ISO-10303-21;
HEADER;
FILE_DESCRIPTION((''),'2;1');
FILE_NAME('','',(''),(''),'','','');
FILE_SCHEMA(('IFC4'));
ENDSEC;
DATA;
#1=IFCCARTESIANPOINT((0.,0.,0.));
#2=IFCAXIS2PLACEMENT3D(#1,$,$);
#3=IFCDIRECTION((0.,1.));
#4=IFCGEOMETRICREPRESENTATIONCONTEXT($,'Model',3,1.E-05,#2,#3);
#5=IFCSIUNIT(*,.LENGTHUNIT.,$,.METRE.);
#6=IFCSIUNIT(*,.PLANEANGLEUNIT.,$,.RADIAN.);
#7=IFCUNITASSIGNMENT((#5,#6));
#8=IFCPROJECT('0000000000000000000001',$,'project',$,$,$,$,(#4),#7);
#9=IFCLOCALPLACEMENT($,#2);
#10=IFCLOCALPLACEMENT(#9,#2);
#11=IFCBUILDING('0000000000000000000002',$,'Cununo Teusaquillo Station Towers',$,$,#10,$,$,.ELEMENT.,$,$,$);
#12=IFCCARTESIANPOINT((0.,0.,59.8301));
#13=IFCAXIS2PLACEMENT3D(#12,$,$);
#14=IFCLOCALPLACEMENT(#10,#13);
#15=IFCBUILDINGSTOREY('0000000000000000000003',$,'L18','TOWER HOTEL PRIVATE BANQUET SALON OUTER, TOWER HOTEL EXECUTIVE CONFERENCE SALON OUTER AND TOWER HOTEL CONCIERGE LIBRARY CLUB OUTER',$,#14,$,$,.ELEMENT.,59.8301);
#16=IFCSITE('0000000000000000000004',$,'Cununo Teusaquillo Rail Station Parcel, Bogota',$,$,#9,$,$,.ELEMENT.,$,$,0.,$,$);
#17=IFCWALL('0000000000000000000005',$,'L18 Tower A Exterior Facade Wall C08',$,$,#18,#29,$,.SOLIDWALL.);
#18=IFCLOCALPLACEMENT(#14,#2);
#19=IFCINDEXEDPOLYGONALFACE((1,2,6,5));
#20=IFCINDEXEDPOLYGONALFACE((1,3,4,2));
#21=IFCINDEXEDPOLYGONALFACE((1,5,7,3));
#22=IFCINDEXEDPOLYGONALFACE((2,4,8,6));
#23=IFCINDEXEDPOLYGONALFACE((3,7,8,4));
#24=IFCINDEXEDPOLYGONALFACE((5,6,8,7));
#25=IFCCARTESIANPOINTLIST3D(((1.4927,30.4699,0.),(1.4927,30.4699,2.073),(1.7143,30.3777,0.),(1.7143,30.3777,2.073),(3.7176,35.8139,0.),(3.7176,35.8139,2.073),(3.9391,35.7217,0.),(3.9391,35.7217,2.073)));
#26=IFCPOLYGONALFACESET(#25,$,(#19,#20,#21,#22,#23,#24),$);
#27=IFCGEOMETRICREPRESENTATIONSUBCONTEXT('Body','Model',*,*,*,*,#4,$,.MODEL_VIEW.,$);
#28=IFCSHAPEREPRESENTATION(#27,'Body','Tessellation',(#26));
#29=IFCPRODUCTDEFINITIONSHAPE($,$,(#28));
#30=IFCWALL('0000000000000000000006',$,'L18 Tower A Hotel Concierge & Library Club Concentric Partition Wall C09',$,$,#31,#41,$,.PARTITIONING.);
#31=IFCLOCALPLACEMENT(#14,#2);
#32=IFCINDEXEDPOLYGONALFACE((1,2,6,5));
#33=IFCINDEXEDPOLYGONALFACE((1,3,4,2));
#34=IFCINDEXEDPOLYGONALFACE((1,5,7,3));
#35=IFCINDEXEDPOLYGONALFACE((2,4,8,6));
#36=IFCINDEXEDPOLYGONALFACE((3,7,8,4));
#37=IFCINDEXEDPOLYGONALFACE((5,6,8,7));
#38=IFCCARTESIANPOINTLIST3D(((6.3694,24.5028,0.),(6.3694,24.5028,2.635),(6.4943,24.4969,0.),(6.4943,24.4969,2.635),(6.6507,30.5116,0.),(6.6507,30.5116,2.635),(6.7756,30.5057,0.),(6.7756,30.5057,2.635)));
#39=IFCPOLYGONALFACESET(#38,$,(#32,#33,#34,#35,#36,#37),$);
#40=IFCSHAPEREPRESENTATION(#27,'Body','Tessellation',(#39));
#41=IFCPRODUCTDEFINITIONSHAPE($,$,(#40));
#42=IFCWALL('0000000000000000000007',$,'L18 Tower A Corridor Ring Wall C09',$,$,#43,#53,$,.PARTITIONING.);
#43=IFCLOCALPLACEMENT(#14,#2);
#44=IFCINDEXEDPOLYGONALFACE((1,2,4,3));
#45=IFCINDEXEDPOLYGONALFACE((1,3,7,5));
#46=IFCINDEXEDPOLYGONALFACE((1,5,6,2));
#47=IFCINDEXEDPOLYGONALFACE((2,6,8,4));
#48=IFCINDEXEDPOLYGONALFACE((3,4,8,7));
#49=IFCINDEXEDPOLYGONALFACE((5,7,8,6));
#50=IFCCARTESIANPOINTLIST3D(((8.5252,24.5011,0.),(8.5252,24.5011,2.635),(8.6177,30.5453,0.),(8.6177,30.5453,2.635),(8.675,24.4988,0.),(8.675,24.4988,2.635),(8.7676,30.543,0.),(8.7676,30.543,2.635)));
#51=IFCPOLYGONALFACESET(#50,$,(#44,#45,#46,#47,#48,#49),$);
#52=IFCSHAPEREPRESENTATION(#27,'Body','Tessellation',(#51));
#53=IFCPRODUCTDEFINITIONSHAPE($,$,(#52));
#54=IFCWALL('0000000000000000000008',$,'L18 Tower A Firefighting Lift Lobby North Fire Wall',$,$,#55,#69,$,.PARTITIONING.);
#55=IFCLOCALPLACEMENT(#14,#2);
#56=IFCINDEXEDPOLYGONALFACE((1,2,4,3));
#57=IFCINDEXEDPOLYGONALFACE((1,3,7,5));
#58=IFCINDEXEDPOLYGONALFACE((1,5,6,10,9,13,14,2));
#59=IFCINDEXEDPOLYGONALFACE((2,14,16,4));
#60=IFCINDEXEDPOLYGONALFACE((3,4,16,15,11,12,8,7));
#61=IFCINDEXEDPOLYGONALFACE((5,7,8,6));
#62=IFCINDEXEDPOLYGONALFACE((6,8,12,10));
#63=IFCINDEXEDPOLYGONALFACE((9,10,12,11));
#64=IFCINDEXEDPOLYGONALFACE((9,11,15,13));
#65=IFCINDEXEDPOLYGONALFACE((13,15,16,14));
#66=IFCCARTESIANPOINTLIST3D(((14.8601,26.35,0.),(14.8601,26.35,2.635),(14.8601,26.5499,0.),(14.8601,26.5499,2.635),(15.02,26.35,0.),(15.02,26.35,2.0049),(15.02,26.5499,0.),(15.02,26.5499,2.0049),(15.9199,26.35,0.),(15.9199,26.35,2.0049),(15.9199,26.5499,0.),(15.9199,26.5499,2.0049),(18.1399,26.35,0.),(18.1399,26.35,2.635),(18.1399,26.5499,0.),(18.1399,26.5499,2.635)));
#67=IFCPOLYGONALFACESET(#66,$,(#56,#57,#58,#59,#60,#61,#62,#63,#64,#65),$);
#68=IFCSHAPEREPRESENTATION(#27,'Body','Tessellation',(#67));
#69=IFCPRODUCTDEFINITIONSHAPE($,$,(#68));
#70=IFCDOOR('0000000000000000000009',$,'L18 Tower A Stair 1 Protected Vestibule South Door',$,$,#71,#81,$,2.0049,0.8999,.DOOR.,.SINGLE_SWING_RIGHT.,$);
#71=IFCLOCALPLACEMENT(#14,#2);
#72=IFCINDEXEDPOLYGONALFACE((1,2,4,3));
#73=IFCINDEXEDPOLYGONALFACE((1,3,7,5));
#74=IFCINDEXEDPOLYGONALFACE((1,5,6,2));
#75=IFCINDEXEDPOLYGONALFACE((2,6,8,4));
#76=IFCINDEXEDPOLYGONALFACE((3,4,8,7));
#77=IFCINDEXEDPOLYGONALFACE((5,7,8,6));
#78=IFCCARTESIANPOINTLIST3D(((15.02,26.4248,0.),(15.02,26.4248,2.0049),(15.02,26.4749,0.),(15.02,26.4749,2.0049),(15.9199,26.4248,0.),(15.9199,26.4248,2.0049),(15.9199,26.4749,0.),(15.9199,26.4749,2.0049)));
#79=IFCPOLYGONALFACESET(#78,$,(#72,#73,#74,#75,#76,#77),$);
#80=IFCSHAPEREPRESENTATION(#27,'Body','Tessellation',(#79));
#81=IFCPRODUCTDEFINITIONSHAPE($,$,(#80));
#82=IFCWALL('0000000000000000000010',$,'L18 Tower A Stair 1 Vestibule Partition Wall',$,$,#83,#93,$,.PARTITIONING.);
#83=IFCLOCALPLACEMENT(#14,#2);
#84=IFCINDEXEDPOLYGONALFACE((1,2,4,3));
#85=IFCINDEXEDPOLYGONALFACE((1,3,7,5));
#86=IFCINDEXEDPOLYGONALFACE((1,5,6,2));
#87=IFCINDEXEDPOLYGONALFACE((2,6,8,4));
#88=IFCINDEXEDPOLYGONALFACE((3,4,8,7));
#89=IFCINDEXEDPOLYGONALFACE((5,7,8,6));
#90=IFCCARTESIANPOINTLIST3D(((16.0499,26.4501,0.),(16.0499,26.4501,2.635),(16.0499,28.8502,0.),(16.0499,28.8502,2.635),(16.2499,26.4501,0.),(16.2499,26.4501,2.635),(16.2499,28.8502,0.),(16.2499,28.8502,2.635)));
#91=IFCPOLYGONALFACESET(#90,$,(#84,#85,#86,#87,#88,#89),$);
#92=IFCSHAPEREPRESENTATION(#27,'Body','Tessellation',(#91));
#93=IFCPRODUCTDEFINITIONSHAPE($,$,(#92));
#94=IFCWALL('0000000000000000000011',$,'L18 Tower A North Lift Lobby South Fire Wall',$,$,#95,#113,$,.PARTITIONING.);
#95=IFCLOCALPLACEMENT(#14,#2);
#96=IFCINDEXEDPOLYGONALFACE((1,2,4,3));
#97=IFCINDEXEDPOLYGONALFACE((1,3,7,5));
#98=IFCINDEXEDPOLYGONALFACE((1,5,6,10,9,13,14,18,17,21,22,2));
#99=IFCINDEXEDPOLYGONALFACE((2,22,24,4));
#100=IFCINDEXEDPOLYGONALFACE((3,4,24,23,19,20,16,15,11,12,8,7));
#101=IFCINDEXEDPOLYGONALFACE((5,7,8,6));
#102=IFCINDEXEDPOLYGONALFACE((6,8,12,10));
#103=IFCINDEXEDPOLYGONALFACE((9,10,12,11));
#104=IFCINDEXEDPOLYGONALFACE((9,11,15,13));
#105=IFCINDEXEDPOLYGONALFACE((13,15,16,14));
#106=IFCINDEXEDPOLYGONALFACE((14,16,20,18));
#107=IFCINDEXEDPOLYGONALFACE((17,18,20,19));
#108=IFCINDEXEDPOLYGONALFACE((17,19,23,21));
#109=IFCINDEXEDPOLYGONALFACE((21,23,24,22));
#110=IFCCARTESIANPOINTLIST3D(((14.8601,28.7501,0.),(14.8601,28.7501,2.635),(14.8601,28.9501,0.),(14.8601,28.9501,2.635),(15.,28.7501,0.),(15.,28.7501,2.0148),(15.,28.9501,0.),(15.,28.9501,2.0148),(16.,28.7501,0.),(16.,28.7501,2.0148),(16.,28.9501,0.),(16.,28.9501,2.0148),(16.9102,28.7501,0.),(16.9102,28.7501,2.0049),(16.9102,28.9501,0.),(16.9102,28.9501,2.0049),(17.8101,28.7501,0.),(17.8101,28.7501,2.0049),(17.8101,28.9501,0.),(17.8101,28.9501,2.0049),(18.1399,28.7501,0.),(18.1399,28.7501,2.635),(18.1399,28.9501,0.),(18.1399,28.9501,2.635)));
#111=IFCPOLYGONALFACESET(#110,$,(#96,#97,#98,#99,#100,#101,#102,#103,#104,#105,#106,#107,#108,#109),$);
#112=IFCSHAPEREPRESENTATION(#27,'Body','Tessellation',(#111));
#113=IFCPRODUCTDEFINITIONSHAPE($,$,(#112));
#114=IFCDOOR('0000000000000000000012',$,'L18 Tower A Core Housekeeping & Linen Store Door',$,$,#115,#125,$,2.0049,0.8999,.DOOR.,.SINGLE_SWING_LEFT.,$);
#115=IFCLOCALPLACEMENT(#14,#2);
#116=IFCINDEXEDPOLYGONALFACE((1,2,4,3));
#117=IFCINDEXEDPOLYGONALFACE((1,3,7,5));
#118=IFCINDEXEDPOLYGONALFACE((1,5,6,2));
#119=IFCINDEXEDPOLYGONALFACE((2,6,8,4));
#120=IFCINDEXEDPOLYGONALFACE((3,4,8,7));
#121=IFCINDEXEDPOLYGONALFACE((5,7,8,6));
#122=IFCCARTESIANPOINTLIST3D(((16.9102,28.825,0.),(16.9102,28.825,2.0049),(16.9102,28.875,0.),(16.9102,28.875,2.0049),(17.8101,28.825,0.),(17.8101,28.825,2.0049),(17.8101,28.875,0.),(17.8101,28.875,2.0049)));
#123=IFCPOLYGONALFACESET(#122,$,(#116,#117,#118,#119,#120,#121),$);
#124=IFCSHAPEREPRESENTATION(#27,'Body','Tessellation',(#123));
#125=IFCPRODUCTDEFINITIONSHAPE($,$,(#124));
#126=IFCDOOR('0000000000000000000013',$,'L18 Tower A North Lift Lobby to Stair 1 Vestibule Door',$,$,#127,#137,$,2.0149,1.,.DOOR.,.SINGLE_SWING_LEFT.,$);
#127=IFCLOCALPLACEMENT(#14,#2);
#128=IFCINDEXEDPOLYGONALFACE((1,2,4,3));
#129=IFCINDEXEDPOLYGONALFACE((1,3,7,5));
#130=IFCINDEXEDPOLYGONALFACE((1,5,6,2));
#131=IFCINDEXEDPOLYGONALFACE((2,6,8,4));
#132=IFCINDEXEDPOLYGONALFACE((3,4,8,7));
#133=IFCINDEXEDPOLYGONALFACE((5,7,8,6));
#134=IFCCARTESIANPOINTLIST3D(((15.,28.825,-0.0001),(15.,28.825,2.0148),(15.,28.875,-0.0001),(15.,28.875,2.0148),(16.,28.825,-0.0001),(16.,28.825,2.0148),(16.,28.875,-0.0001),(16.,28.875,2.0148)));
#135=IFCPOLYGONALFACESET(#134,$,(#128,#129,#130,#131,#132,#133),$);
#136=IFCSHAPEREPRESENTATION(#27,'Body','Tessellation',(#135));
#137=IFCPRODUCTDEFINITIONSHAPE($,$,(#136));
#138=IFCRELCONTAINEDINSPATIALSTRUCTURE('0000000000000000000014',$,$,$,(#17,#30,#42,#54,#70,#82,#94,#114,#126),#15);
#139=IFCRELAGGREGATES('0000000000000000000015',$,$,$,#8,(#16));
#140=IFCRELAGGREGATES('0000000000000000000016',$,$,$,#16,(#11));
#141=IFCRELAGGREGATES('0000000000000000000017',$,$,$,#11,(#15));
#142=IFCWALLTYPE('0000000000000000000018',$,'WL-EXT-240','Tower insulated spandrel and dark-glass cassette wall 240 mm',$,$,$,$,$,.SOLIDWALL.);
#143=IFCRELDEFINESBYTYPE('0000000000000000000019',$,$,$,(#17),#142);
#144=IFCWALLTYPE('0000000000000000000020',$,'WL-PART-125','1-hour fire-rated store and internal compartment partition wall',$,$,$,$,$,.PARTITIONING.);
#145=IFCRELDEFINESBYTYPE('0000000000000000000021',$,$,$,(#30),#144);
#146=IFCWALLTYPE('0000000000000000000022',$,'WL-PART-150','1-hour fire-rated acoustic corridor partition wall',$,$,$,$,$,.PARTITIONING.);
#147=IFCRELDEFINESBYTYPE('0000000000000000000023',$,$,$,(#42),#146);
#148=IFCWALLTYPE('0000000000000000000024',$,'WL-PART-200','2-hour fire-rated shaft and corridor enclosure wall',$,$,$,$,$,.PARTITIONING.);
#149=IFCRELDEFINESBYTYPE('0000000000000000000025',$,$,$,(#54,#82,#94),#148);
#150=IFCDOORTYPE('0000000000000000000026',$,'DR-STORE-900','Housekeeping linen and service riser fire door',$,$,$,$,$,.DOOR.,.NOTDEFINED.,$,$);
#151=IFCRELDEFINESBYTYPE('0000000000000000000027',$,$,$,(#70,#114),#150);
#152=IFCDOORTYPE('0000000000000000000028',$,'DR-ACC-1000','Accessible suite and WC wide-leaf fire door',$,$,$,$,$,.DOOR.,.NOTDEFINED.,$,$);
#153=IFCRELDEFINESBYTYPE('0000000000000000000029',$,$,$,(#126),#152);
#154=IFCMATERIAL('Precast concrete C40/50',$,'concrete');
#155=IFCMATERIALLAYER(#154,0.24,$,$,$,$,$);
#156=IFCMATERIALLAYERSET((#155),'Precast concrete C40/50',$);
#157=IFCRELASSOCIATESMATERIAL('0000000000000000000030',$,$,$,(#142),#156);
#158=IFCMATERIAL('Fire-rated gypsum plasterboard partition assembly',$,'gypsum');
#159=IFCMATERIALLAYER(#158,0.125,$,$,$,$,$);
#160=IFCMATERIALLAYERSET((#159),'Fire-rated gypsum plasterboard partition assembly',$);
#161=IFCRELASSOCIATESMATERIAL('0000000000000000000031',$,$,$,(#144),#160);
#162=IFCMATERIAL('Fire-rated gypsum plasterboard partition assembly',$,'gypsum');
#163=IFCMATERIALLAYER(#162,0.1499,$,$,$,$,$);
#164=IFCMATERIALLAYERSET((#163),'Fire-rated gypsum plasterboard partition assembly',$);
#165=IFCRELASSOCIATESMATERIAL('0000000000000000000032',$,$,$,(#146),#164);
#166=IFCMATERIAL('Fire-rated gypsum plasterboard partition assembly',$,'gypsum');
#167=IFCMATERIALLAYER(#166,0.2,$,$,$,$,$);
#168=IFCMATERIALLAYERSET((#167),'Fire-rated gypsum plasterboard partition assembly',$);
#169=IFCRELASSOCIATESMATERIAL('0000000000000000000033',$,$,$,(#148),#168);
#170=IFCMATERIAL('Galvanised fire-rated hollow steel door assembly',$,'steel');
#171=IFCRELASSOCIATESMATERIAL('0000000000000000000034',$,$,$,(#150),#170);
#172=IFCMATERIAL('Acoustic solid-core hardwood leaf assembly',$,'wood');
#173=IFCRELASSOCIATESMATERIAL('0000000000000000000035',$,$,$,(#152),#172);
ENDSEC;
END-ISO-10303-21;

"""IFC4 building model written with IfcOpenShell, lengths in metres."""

from ifc_helpers import new_model, si_unit, direction, frame, frame_2d, origin, place, context, subcontext, project, spatial, rectangle, extrude, source, transform, mapped, material, layer, layer_set, type_object, element, fill, save


model = new_model("IFC4")

# Units and contexts
model_context = context("Model", 3, precision=1e-05, world=origin(), true_north=direction((0.0, 1.0)))
body_context = subcontext(model_context, "Body", "Model", "MODEL_VIEW")
ifc_project = project(units=[si_unit("LENGTHUNIT", "METRE"), si_unit("PLANEANGLEUNIT", "RADIAN")], contexts=[model_context])

# Site, building, storey
site_placement = place(None, origin())
site = spatial("IfcSite", under=ifc_project, at=site_placement, Name="Cununo Teusaquillo Rail Station Parcel, Bogota", CompositionType="ELEMENT", RefElevation=0.0)
building_placement = place(site_placement, origin())
building = spatial("IfcBuilding", under=site, at=building_placement, Name="Cununo Teusaquillo Station Towers", CompositionType="ELEMENT")
storey_placement = place(building_placement, frame((0.0, 0.0, 59.8301)))
storey = spatial("IfcBuildingStorey", under=building, at=storey_placement, Name="L18", Description="TOWER HOTEL PRIVATE BANQUET SALON OUTER, TOWER HOTEL EXECUTIVE CONFERENCE SALON OUTER AND TOWER HOTEL CONCIERGE LIBRARY CLUB OUTER", CompositionType="ELEMENT", Elevation=59.8301)

# Walls
ifc_material_1 = material(Name="Precast concrete C40/50", Category="concrete")
ifc_layer_1 = layer(ifc_material_1, 0.24)
ifc_layer_set_1 = layer_set([ifc_layer_1], Name="Precast concrete C40/50")
wall_type_1 = type_object("IfcWallType", Name="WL-EXT-240", Description="Tower insulated spandrel and dark-glass cassette wall 240 mm", PredefinedType="SOLIDWALL", material=ifc_layer_set_1)
wall_1_placement = place(storey_placement, frame((1.6035, 30.4238, 0.0), z_axis=(0.0, 0.0, 1.0), x_axis=(0.384349, 0.923188, 0.0)))
element("IfcWall", 1, at=wall_1_placement, inside=storey, type_object=wall_type_1, Name="L18 Tower A Exterior Facade Wall C08", PredefinedType="SOLIDWALL", context=body_context, shape_type="SweptSolid", body=[
    extrude(rectangle(XDim=5.7886, YDim=0.24, at=frame_2d((2.8943, 0.0))), origin(), (0.0, 0.0, 1.0), 2.073),
])
ifc_material_2 = material(Name="Fire-rated gypsum plasterboard partition assembly", Category="gypsum")
ifc_layer_2 = layer(ifc_material_2, 0.125)
ifc_layer_set_2 = layer_set([ifc_layer_2], Name="Fire-rated gypsum plasterboard partition assembly")
wall_type_2 = type_object("IfcWallType", Name="WL-PART-125", Description="1-hour fire-rated store and internal compartment partition wall", PredefinedType="PARTITIONING", material=ifc_layer_set_2)
wall_2_placement = place(storey_placement, frame((6.7131, 30.5088, 0.0), z_axis=(0.0, 0.0, 1.0), x_axis=(-0.046755, -0.998906, 0.0)))
element("IfcWall", 2, at=wall_2_placement, inside=storey, type_object=wall_type_2, Name="L18 Tower A Hotel Concierge & Library Club Concentric Partition Wall C09", PredefinedType="PARTITIONING", context=body_context, shape_type="SweptSolid", body=[
    extrude(rectangle(XDim=6.0154, YDim=0.125, at=frame_2d((3.0078, 0.0))), origin(), (0.0, 0.0, 1.0), 2.635),
])
ifc_material_3 = material(Name="Fire-rated gypsum plasterboard partition assembly", Category="gypsum")
ifc_layer_3 = layer(ifc_material_3, 0.1499)
ifc_layer_set_3 = layer_set([ifc_layer_3], Name="Fire-rated gypsum plasterboard partition assembly")
wall_type_3 = type_object("IfcWallType", Name="WL-PART-150", Description="1-hour fire-rated acoustic corridor partition wall", PredefinedType="PARTITIONING", material=ifc_layer_set_3)
wall_3_placement = place(storey_placement, frame((8.6926, 30.5442, 0.0), z_axis=(0.0, 0.0, 1.0), x_axis=(-0.015307, -0.999883, 0.0)))
element("IfcWall", 3, at=wall_3_placement, inside=storey, type_object=wall_type_3, Name="L18 Tower A Corridor Ring Wall C09", PredefinedType="PARTITIONING", context=body_context, shape_type="SweptSolid", body=[
    extrude(rectangle(XDim=6.0449, YDim=0.1499, at=frame_2d((3.0225, 0.0))), origin(), (0.0, 0.0, 1.0), 2.635),
])

# Wall, opening, door
ifc_material_4 = material(Name="Fire-rated gypsum plasterboard partition assembly", Category="gypsum")
ifc_layer_4 = layer(ifc_material_4, 0.2)
ifc_layer_set_4 = layer_set([ifc_layer_4], Name="Fire-rated gypsum plasterboard partition assembly")
wall_type_4 = type_object("IfcWallType", Name="WL-PART-200", Description="2-hour fire-rated shaft and corridor enclosure wall", PredefinedType="PARTITIONING", material=ifc_layer_set_4)
wall_4_placement = place(storey_placement, frame((14.8601, 26.45, 0.0), z_axis=(0.0, 0.0, 1.0), x_axis=(1.0, 0.0, 0.0)))
wall_4 = element("IfcWall", 4, at=wall_4_placement, inside=storey, type_object=wall_type_4, Name="L18 Tower A Firefighting Lift Lobby North Fire Wall", PredefinedType="PARTITIONING", context=body_context, shape_type="SweptSolid", body=[
    extrude(rectangle(XDim=3.2798, YDim=0.2, at=frame_2d((1.6399, 0.0))), origin(), (0.0, 0.0, 1.0), 2.635),
])
shared_shape_1 = source(origin(), body_context, "Body", "SweptSolid", [
    extrude(rectangle(XDim=0.8999, YDim=2.0049, at=frame_2d((0.45, 1.0024))), frame((0.0, 0.1099, 0.0), z_axis=(0.0, -1.0, 0.0), x_axis=(1.0, 0.0, 0.0)), (0.0, 0.0, 1.0), 0.22),
])
opening_1_placement = place(wall_4_placement, frame((0.1599, 0.0, 0.0)))
opening_1 = element("IfcOpeningElement", 5, at=opening_1_placement, cuts=wall_4, PredefinedType="OPENING", context=body_context, shape_type="MappedRepresentation", body=[
    mapped(shared_shape_1, transform((0.0, 0.0, 0.0), x_axis=(1.0, 0.0, 0.0), y_axis=(0.0, 1.0, 0.0), z_axis=(0.0, 0.0, 1.0), scale=1.0)),
])
ifc_material_5 = material(Name="Galvanised fire-rated hollow steel door assembly", Category="steel")
door_type_1 = type_object("IfcDoorType", Name="DR-STORE-900", Description="Housekeeping linen and service riser fire door", OperationType="NOTDEFINED", PredefinedType="DOOR", material=ifc_material_5)
shared_shape_2 = source(origin(), body_context, "Body", "SweptSolid", [
    extrude(rectangle(XDim=0.8999, YDim=2.0049, at=frame_2d((0.45, 1.0024))), frame((0.0, 0.0249, 0.0), z_axis=(0.0, -1.0, 0.0), x_axis=(1.0, 0.0, 0.0)), (0.0, 0.0, 1.0), 0.05),
])
door_1_placement = place(opening_1_placement, origin())
door_1 = element("IfcDoor", 6, at=door_1_placement, inside=storey, type_object=door_type_1, Name="L18 Tower A Stair 1 Protected Vestibule South Door", OperationType="SINGLE_SWING_RIGHT", OverallHeight=2.0049, OverallWidth=0.8999, PredefinedType="DOOR", context=body_context, shape_type="MappedRepresentation", body=[
    mapped(shared_shape_2, transform((0.0, 0.0, 0.0), x_axis=(1.0, 0.0, 0.0), y_axis=(0.0, 1.0, 0.0), z_axis=(0.0, 0.0, 1.0), scale=1.0)),
])
fill(opening_1, door_1)

# Wall
wall_5_placement = place(storey_placement, frame((16.1499, 26.45, 0.0), z_axis=(0.0, 0.0, 1.0), x_axis=(0.0, 1.0, 0.0)))
element("IfcWall", 7, at=wall_5_placement, inside=storey, type_object=wall_type_4, Name="L18 Tower A Stair 1 Vestibule Partition Wall", PredefinedType="PARTITIONING", context=body_context, shape_type="SweptSolid", body=[
    extrude(rectangle(XDim=2.4001, YDim=0.2, at=frame_2d((1.2002, 0.0))), origin(), (0.0, 0.0, 1.0), 2.635),
])

# Wall, openings, doors
wall_6_placement = place(storey_placement, frame((14.8601, 28.8501, 0.0), z_axis=(0.0, 0.0, 1.0), x_axis=(1.0, 0.0, 0.0)))
wall_6 = element("IfcWall", 8, at=wall_6_placement, inside=storey, type_object=wall_type_4, Name="L18 Tower A North Lift Lobby South Fire Wall", PredefinedType="PARTITIONING", context=body_context, shape_type="SweptSolid", body=[
    extrude(rectangle(XDim=3.2798, YDim=0.2, at=frame_2d((1.6399, 0.0))), origin(), (0.0, 0.0, 1.0), 2.635),
])
shared_shape_3 = source(origin(), body_context, "Body", "SweptSolid", [
    extrude(rectangle(XDim=1.0, YDim=2.0149, at=frame_2d((0.5, 1.0073))), frame((0.0, 0.1099, 0.0), z_axis=(0.0, -1.0, 0.0), x_axis=(1.0, 0.0, 0.0)), (0.0, 0.0, 1.0), 0.22),
])
opening_2_placement = place(wall_6_placement, frame((0.1399, 0.0, 0.0)))
opening_2 = element("IfcOpeningElement", 9, at=opening_2_placement, cuts=wall_6, PredefinedType="OPENING", context=body_context, shape_type="MappedRepresentation", body=[
    mapped(shared_shape_3, transform((0.0, 0.0, 0.0), x_axis=(1.0, 0.0, 0.0), y_axis=(0.0, 1.0, 0.0), z_axis=(0.0, 0.0, 1.0), scale=1.0)),
])
opening_3_placement = place(wall_6_placement, frame((2.05, 0.0, 0.0)))
opening_3 = element("IfcOpeningElement", 10, at=opening_3_placement, cuts=wall_6, PredefinedType="OPENING", context=body_context, shape_type="MappedRepresentation", body=[
    mapped(shared_shape_1, transform((0.0, 0.0, 0.0), x_axis=(1.0, 0.0, 0.0), y_axis=(0.0, 1.0, 0.0), z_axis=(0.0, 0.0, 1.0), scale=1.0)),
])
door_2_placement = place(opening_3_placement, origin())
door_2 = element("IfcDoor", 11, at=door_2_placement, inside=storey, type_object=door_type_1, Name="L18 Tower A Core Housekeeping & Linen Store Door", OperationType="SINGLE_SWING_LEFT", OverallHeight=2.0049, OverallWidth=0.8999, PredefinedType="DOOR", context=body_context, shape_type="MappedRepresentation", body=[
    mapped(shared_shape_2, transform((0.0, 0.0, 0.0), x_axis=(1.0, 0.0, 0.0), y_axis=(0.0, 1.0, 0.0), z_axis=(0.0, 0.0, 1.0), scale=1.0)),
])
fill(opening_3, door_2)
ifc_material_6 = material(Name="Acoustic solid-core hardwood leaf assembly", Category="wood")
door_type_2 = type_object("IfcDoorType", Name="DR-ACC-1000", Description="Accessible suite and WC wide-leaf fire door", OperationType="NOTDEFINED", PredefinedType="DOOR", material=ifc_material_6)
shared_shape_4 = source(origin(), body_context, "Body", "SweptSolid", [
    extrude(rectangle(XDim=1.0, YDim=2.0149, at=frame_2d((0.5, 1.0073))), frame((0.0, 0.0249, 0.0), z_axis=(0.0, -1.0, 0.0), x_axis=(1.0, 0.0, 0.0)), (0.0, 0.0, 1.0), 0.05),
])
door_3_placement = place(opening_2_placement, origin())
door_3 = element("IfcDoor", 12, at=door_3_placement, inside=storey, type_object=door_type_2, Name="L18 Tower A North Lift Lobby to Stair 1 Vestibule Door", OperationType="SINGLE_SWING_LEFT", OverallHeight=2.0149, OverallWidth=1.0, PredefinedType="DOOR", context=body_context, shape_type="MappedRepresentation", body=[
    mapped(shared_shape_4, transform((0.0, 0.0, 0.0), x_axis=(1.0, 0.0, 0.0), y_axis=(0.0, 1.0, 0.0), z_axis=(0.0, 0.0, 1.0), scale=1.0)),
])
fill(opening_2, door_3)

save(model, "model.ifc")
